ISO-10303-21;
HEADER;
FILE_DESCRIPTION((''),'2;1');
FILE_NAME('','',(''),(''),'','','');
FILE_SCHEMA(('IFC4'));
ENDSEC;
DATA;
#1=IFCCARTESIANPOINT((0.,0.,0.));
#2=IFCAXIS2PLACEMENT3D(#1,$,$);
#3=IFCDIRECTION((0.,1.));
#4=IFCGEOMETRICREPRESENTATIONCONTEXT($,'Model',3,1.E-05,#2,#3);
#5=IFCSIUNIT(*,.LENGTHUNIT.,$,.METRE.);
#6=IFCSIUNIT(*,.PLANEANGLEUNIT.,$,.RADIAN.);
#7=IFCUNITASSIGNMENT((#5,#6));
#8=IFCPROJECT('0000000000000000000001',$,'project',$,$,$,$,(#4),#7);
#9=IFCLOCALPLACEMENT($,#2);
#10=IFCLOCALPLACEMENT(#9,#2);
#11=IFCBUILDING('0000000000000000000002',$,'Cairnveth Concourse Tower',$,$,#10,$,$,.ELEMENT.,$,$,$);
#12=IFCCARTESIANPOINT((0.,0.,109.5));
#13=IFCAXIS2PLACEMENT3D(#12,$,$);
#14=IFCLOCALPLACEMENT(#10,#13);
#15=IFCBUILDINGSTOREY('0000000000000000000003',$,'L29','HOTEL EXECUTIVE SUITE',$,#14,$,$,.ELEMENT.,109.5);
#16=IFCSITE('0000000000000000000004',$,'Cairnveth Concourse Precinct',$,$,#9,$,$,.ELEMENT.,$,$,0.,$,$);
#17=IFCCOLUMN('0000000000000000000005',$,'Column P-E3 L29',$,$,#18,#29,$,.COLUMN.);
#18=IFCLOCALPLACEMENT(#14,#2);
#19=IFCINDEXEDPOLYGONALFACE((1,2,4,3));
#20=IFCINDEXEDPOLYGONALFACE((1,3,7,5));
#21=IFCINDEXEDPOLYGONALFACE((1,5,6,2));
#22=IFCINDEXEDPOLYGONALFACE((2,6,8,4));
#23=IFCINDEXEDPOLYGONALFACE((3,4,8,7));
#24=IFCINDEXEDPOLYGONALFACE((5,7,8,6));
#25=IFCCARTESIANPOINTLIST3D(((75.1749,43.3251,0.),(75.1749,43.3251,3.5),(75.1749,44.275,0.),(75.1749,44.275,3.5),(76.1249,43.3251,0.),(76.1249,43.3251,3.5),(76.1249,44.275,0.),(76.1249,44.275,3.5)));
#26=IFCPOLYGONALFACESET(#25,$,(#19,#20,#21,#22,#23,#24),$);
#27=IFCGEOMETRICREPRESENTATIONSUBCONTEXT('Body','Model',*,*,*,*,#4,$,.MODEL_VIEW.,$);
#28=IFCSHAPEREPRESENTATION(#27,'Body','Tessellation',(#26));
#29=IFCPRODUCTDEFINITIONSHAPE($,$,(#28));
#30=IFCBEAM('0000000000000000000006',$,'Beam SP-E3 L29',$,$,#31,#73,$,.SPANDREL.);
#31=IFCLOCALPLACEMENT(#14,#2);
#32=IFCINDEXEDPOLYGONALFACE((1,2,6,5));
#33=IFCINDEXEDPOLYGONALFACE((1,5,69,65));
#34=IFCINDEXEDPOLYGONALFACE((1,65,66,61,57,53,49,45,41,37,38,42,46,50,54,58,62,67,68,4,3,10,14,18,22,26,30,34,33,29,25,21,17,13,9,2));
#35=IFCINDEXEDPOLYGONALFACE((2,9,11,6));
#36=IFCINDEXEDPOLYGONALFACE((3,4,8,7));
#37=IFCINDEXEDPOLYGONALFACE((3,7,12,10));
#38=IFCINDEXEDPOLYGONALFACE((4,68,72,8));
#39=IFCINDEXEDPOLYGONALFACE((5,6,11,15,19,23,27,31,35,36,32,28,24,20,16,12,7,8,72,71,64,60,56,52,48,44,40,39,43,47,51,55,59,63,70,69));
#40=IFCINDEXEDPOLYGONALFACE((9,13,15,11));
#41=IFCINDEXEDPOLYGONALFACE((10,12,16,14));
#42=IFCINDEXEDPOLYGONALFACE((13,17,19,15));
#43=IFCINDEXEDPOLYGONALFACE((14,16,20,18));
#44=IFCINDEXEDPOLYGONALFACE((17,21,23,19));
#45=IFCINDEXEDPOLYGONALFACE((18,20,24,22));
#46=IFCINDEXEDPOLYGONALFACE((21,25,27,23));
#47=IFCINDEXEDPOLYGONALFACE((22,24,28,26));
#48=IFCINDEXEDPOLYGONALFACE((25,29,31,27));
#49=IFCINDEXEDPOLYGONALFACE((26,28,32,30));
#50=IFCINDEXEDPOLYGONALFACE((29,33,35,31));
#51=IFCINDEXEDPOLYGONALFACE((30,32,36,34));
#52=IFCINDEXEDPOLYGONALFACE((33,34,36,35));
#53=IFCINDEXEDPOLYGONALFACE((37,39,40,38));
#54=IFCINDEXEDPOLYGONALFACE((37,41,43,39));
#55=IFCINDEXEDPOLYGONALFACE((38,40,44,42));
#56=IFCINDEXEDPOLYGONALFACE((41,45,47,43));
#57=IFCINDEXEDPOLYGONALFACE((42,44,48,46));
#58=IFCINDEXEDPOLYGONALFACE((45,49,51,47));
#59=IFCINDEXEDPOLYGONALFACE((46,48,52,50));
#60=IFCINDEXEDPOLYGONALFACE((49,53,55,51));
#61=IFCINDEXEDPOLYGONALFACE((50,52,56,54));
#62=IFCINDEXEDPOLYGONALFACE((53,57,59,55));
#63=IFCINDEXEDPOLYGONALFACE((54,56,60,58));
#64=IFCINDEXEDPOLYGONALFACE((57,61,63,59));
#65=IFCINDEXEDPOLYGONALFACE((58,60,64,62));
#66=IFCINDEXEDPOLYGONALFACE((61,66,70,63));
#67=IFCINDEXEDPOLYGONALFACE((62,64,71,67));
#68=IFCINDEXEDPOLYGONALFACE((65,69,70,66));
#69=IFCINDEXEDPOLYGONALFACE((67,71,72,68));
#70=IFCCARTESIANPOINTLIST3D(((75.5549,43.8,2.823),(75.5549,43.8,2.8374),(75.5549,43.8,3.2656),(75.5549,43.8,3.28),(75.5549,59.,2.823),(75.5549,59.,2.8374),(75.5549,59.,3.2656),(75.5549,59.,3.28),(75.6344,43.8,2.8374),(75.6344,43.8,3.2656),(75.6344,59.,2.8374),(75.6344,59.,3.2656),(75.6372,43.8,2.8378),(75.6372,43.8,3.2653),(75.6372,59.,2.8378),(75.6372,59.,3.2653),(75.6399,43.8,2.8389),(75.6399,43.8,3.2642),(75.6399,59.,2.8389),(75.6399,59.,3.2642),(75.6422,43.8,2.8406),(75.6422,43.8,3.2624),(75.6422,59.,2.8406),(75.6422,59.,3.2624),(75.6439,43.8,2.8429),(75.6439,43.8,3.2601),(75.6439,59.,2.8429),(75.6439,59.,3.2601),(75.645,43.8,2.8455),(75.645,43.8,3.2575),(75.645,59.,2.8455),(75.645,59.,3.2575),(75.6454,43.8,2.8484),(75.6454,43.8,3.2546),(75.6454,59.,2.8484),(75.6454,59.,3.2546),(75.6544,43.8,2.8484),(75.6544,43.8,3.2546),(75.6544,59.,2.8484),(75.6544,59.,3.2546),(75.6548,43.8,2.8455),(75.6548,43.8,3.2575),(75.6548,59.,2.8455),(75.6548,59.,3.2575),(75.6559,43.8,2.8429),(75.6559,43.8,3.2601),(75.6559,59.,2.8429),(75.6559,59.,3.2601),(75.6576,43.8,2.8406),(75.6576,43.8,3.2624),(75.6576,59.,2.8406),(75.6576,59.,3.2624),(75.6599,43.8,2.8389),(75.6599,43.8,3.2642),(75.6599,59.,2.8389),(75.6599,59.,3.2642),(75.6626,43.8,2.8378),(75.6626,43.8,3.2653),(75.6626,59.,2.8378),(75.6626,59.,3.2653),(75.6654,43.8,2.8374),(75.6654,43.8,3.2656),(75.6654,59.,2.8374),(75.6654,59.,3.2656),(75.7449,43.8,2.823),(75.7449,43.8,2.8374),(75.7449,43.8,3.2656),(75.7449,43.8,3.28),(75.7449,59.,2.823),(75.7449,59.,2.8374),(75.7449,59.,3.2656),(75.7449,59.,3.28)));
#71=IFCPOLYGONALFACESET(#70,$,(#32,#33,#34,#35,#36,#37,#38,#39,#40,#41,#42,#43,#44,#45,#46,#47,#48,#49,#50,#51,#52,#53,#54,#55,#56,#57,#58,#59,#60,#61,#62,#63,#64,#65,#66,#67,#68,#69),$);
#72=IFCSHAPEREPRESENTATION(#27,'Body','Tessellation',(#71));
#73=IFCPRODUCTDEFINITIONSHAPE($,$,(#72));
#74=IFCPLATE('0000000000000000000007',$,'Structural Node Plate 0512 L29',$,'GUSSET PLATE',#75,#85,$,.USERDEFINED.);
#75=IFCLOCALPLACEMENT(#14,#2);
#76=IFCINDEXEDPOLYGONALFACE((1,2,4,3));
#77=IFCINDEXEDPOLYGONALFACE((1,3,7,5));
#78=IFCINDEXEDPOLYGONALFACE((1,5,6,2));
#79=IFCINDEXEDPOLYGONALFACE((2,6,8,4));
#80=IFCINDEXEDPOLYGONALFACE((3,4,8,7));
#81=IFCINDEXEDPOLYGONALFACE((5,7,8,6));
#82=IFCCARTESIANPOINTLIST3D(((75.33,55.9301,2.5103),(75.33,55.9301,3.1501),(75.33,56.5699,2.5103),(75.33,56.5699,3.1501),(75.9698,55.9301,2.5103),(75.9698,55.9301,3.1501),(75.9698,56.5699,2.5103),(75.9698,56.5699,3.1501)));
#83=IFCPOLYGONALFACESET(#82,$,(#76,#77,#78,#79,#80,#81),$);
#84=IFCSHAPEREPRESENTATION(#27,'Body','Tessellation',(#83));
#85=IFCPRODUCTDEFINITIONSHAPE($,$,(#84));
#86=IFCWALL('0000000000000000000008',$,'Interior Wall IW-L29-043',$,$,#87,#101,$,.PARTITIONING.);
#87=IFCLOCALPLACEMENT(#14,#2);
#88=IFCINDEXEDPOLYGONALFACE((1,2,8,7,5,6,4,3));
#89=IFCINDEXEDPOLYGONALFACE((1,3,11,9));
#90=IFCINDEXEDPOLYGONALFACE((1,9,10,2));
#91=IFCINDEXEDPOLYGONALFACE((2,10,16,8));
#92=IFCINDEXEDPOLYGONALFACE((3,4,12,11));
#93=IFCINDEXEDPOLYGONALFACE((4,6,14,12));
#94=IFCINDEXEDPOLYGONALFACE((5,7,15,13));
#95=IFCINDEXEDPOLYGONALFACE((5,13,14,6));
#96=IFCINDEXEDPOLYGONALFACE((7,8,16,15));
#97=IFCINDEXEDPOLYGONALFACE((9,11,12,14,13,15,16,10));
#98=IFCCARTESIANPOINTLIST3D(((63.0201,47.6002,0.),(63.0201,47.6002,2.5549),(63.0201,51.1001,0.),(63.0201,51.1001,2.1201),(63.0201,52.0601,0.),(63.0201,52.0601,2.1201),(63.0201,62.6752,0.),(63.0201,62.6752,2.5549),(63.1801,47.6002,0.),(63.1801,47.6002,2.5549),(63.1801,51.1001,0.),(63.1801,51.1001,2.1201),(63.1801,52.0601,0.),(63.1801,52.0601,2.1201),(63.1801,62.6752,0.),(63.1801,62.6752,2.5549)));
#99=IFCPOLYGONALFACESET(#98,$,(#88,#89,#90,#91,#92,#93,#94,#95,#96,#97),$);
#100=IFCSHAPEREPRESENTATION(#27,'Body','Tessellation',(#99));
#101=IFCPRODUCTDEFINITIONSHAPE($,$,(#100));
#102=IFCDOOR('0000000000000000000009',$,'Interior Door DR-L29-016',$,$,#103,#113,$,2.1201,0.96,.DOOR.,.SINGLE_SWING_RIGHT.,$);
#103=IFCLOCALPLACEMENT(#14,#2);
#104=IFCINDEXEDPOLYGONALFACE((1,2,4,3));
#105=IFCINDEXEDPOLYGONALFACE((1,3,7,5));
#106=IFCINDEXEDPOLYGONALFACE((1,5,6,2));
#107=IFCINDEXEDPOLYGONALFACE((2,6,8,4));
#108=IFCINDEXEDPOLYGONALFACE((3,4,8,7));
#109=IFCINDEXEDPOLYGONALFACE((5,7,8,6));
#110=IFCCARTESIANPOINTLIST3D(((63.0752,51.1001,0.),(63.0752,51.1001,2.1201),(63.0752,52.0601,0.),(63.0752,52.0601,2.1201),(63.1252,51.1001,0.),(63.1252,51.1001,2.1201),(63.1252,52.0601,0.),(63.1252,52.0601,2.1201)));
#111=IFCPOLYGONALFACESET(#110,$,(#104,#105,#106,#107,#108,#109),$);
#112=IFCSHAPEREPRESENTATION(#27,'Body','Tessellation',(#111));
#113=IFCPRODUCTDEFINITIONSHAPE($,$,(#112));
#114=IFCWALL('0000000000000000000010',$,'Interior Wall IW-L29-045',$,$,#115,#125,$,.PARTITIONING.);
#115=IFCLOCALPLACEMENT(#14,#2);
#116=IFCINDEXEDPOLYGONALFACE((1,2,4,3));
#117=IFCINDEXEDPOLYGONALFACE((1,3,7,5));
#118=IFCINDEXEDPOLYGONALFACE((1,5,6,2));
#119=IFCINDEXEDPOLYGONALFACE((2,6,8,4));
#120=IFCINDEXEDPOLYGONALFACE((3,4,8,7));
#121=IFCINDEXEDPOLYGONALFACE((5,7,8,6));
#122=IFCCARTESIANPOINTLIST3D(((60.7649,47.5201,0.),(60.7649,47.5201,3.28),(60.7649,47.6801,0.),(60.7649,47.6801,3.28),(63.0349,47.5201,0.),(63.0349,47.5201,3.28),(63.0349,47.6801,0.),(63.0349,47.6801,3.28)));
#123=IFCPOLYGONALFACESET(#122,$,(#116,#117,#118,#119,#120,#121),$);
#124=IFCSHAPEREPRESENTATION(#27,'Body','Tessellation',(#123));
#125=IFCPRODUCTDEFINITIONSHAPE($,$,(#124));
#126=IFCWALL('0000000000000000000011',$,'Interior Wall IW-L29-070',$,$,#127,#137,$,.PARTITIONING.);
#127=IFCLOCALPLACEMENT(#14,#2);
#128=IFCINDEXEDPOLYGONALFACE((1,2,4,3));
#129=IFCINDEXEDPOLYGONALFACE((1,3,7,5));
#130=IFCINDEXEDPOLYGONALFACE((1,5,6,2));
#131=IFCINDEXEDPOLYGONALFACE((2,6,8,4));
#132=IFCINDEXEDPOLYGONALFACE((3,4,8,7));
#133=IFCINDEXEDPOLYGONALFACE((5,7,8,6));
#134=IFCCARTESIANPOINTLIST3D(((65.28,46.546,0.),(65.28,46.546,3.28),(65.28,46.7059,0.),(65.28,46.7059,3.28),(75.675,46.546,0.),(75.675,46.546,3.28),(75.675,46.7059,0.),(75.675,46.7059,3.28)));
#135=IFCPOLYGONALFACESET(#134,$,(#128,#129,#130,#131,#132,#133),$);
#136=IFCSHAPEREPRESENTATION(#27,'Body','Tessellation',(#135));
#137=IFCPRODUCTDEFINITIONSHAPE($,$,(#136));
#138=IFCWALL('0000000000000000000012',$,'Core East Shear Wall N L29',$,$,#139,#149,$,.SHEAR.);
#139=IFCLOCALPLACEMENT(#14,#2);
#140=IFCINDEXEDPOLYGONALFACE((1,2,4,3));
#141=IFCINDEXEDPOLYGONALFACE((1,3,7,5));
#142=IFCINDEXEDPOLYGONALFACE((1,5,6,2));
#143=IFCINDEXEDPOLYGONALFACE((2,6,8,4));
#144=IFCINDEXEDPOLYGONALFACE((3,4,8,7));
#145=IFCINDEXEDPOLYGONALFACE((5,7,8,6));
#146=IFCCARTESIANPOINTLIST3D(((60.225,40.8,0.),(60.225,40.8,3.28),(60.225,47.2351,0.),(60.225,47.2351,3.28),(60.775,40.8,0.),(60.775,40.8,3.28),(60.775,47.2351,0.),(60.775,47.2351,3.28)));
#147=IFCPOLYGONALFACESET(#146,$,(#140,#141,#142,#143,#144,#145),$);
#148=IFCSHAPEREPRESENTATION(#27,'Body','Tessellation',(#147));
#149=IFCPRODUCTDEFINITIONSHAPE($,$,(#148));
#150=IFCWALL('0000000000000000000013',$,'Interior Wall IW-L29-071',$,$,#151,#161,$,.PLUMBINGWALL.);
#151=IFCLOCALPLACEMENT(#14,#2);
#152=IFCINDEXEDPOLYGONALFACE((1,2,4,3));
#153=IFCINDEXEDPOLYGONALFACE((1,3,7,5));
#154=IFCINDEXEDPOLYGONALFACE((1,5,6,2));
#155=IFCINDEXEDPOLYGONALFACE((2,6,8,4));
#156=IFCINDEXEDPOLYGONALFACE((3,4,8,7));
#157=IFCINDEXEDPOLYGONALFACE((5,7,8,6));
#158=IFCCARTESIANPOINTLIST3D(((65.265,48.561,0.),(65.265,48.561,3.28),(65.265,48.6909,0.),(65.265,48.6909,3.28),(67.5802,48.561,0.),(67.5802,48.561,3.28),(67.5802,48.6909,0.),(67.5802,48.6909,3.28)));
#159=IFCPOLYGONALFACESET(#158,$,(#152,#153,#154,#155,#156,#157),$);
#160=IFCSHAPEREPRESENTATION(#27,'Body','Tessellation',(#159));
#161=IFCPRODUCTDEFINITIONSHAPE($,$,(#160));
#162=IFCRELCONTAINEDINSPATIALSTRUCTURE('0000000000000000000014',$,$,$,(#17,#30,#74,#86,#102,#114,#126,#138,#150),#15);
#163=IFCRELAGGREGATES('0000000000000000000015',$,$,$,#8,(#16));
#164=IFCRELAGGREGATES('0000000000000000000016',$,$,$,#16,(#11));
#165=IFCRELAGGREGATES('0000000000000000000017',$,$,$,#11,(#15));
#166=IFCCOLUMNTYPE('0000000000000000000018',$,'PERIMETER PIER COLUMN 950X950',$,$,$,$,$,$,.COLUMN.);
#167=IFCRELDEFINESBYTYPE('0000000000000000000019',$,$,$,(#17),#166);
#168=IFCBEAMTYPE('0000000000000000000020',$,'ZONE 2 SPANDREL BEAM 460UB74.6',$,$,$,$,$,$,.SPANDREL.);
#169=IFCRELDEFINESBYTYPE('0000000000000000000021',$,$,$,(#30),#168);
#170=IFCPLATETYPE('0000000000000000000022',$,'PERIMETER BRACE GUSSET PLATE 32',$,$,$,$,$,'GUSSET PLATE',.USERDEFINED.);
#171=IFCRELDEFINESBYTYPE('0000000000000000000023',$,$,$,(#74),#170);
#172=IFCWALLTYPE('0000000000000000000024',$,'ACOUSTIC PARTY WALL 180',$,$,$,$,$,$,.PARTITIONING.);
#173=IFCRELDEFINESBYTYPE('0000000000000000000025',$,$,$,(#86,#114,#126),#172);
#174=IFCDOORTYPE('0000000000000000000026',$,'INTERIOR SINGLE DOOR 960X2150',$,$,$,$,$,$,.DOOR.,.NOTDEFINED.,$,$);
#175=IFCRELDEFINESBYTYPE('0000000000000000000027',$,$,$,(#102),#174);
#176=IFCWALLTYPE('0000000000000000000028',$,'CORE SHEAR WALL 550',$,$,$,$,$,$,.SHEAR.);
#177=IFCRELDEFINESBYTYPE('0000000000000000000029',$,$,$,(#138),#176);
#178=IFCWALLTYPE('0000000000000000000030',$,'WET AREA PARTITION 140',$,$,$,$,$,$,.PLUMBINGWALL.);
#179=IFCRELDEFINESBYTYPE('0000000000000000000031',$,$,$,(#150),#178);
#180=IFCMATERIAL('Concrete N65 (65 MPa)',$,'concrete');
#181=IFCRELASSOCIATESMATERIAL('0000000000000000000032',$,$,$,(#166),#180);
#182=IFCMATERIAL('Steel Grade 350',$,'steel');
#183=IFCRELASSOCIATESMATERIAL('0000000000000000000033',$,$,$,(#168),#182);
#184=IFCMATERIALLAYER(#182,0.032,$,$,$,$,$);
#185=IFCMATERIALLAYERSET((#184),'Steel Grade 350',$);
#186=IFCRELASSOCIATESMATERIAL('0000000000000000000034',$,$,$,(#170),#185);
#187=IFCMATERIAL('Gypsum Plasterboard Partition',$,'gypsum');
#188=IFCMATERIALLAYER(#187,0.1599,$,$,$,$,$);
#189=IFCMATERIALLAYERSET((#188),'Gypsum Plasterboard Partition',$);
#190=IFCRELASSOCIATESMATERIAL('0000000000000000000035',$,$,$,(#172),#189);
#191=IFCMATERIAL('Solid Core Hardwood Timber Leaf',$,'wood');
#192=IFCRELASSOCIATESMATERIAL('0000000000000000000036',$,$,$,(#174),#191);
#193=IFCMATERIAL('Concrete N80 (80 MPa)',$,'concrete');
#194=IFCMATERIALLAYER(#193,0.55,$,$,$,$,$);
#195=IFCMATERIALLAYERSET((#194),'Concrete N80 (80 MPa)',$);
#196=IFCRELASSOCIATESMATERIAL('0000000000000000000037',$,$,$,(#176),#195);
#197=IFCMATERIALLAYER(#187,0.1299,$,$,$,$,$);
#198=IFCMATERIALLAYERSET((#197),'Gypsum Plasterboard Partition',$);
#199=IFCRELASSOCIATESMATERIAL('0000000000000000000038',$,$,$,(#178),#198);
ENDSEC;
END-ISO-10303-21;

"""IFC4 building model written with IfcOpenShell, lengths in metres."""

from ifc_helpers import new_model, si_unit, direction, frame, frame_2d, origin, origin_2d, place, context, subcontext, project, spatial, rectangle, i_section, extrude, material, layer, layer_set, material_profile, profile_set, type_object, element, fill, save


model = new_model("IFC4")

# Units and contexts
model_context = context("Model", 3, precision=1e-05, world=origin(), true_north=direction((0.0, 1.0)))
body_context = subcontext(model_context, "Body", "Model", "MODEL_VIEW")
ifc_project = project(units=[si_unit("LENGTHUNIT", "METRE"), si_unit("PLANEANGLEUNIT", "RADIAN")], contexts=[model_context])

# Site, building, storey
site_placement = place(None, origin())
site = spatial("IfcSite", under=ifc_project, at=site_placement, Name="Cairnveth Concourse Precinct", CompositionType="ELEMENT", RefElevation=0.0)
building_placement = place(site_placement, origin())
building = spatial("IfcBuilding", under=site, at=building_placement, Name="Cairnveth Concourse Tower", CompositionType="ELEMENT")
storey_placement = place(building_placement, frame((0.0, 0.0, 109.5)))
storey = spatial("IfcBuildingStorey", under=building, at=storey_placement, Name="L29", Description="HOTEL EXECUTIVE SUITE", CompositionType="ELEMENT", Elevation=109.5)

# Column
ifc_material_1 = material(Name="Concrete N65 (65 MPa)", Category="concrete")
ifc_material_profile_1 = material_profile(ifc_material_1, rectangle(XDim=0.95, YDim=0.95, at=origin_2d()), Name="RC-COL-950x950")
ifc_profile_set_1 = profile_set([ifc_material_profile_1], Name="Concrete N65 (65 MPa)")
column_type = type_object("IfcColumnType", Name="PERIMETER PIER COLUMN 950X950", PredefinedType="COLUMN", material=ifc_profile_set_1)
column_placement = place(storey_placement, frame((75.6499, 43.8, 0.0), z_axis=(0.0, 0.0, 1.0), x_axis=(0.0, 1.0, 0.0)))
element("IfcColumn", 1, at=column_placement, inside=storey, type_object=column_type, Name="Column P-E3 L29", PredefinedType="COLUMN", context=body_context, shape_type="SweptSolid", body=[
    extrude(rectangle(XDim=0.95, YDim=0.95, at=origin_2d()), origin(), (0.0, 0.0, 1.0), 3.5),
])

# Beam
ifc_material_2 = material(Name="Steel Grade 350", Category="steel")
ifc_material_profile_2 = material_profile(ifc_material_2, i_section(OverallWidth=0.1899, OverallDepth=0.457, WebThickness=0.009, FlangeThickness=0.0144, FilletRadius=0.011, at=origin_2d()), Name="460UB74.6")
ifc_profile_set_2 = profile_set([ifc_material_profile_2], Name="Steel Grade 350")
beam_type = type_object("IfcBeamType", Name="ZONE 2 SPANDREL BEAM 460UB74.6", PredefinedType="SPANDREL", material=ifc_profile_set_2)
beam_placement = place(storey_placement, frame((75.6499, 43.8, 3.0515), z_axis=(0.0, 1.0, 0.0), x_axis=(-1.0, 0.0, 0.0)))
element("IfcBeam", 2, at=beam_placement, inside=storey, type_object=beam_type, Name="Beam SP-E3 L29", PredefinedType="SPANDREL", context=body_context, shape_type="SweptSolid", body=[
    extrude(i_section(OverallWidth=0.1899, OverallDepth=0.457, WebThickness=0.009, FlangeThickness=0.0144, FilletRadius=0.011, at=origin_2d()), origin(), (0.0, 0.0, 1.0), 15.2),
])

# Plate
ifc_layer_1 = layer(ifc_material_2, 0.032)
ifc_layer_set_1 = layer_set([ifc_layer_1], Name="Steel Grade 350")
plate_type = type_object("IfcPlateType", Name="PERIMETER BRACE GUSSET PLATE 32", ElementType="GUSSET PLATE", PredefinedType="USERDEFINED", material=ifc_layer_set_1)
plate_placement = place(storey_placement, frame((75.6499, 56.25, 2.5103), z_axis=(0.0, 0.0, 1.0), x_axis=(1.0, 0.0, 0.0)))
element("IfcPlate", 3, at=plate_placement, inside=storey, type_object=plate_type, Name="Structural Node Plate 0512 L29", ObjectType="GUSSET PLATE", PredefinedType="USERDEFINED", context=body_context, shape_type="SweptSolid", body=[
    extrude(rectangle(XDim=0.6399, YDim=0.6399, at=origin_2d()), origin(), (0.0, 0.0, 1.0), 0.6399),
])

# Wall, opening, door
ifc_material_3 = material(Name="Gypsum Plasterboard Partition", Category="gypsum")
ifc_layer_2 = layer(ifc_material_3, 0.1599)
ifc_layer_set_2 = layer_set([ifc_layer_2], Name="Gypsum Plasterboard Partition")
wall_type_1 = type_object("IfcWallType", Name="ACOUSTIC PARTY WALL 180", PredefinedType="PARTITIONING", material=ifc_layer_set_2)
wall_1_placement = place(storey_placement, frame((63.1001, 47.6001, 0.0), z_axis=(0.0, 0.0, 1.0), x_axis=(0.0, 1.0, 0.0)))
wall_1 = element("IfcWall", 4, at=wall_1_placement, inside=storey, type_object=wall_type_1, Name="Interior Wall IW-L29-043", PredefinedType="PARTITIONING", context=body_context, shape_type="SweptSolid", body=[
    extrude(rectangle(XDim=15.075, YDim=0.1599, at=frame_2d((7.5376, 0.0))), origin(), (0.0, 0.0, 1.0), 2.5549),
])
opening_1_placement = place(wall_1_placement, frame((3.5, 0.0, 0.0)))
opening_1 = element("IfcOpeningElement", 5, at=opening_1_placement, cuts=wall_1, PredefinedType="OPENING", context=body_context, shape_type="SweptSolid", body=[
    extrude(rectangle(XDim=0.96, YDim=2.1201, at=frame_2d((0.48, 1.0601))), frame((0.0, 0.0898, 0.0), z_axis=(0.0, -1.0, 0.0), x_axis=(1.0, 0.0, 0.0)), (0.0, 0.0, 1.0), 0.1799),
])
ifc_material_4 = material(Name="Solid Core Hardwood Timber Leaf", Category="wood")
door_type_1 = type_object("IfcDoorType", Name="INTERIOR SINGLE DOOR 960X2150", OperationType="NOTDEFINED", PredefinedType="DOOR", material=ifc_material_4)
door_1_placement = place(opening_1_placement, origin())
door_1 = element("IfcDoor", 6, at=door_1_placement, inside=storey, type_object=door_type_1, Name="Interior Door DR-L29-016", OperationType="SINGLE_SWING_RIGHT", OverallHeight=2.1201, OverallWidth=0.96, PredefinedType="DOOR", context=body_context, shape_type="SweptSolid", body=[
    extrude(rectangle(XDim=0.96, YDim=2.1201, at=frame_2d((0.48, 1.0601))), frame((0.0, 0.0249, 0.0), z_axis=(0.0, -1.0, 0.0), x_axis=(1.0, 0.0, 0.0)), (0.0, 0.0, 1.0), 0.05),
])
fill(opening_1, door_1)

# Walls
wall_2_placement = place(storey_placement, frame((60.7649, 47.6001, 0.0), z_axis=(0.0, 0.0, 1.0), x_axis=(1.0, 0.0, 0.0)))
element("IfcWall", 7, at=wall_2_placement, inside=storey, type_object=wall_type_1, Name="Interior Wall IW-L29-045", PredefinedType="PARTITIONING", context=body_context, shape_type="SweptSolid", body=[
    extrude(rectangle(XDim=2.27, YDim=0.1599, at=frame_2d((1.135, 0.0))), origin(), (0.0, 0.0, 1.0), 3.28),
])
wall_3_placement = place(storey_placement, frame((65.28, 46.626, 0.0), z_axis=(0.0, 0.0, 1.0), x_axis=(1.0, 0.0, 0.0)))
element("IfcWall", 8, at=wall_3_placement, inside=storey, type_object=wall_type_1, Name="Interior Wall IW-L29-070", PredefinedType="PARTITIONING", context=body_context, shape_type="SweptSolid", body=[
    extrude(rectangle(XDim=10.395, YDim=0.1599, at=frame_2d((5.1975, 0.0))), origin(), (0.0, 0.0, 1.0), 3.28),
])
ifc_material_5 = material(Name="Concrete N80 (80 MPa)", Category="concrete")
ifc_layer_3 = layer(ifc_material_5, 0.55)
ifc_layer_set_3 = layer_set([ifc_layer_3], Name="Concrete N80 (80 MPa)")
wall_type_2 = type_object("IfcWallType", Name="CORE SHEAR WALL 550", PredefinedType="SHEAR", material=ifc_layer_set_3)
wall_4_placement = place(storey_placement, frame((60.5, 40.8, 0.0), z_axis=(0.0, 0.0, 1.0), x_axis=(0.0, 1.0, 0.0)))
element("IfcWall", 9, at=wall_4_placement, inside=storey, type_object=wall_type_2, Name="Core East Shear Wall N L29", PredefinedType="SHEAR", context=body_context, shape_type="SweptSolid", body=[
    extrude(rectangle(XDim=6.4351, YDim=0.55, at=frame_2d((3.2175, 0.0))), origin(), (0.0, 0.0, 1.0), 3.28),
])

# Wall
ifc_layer_4 = layer(ifc_material_3, 0.1299)
ifc_layer_set_4 = layer_set([ifc_layer_4], Name="Gypsum Plasterboard Partition")
wall_type_3 = type_object("IfcWallType", Name="WET AREA PARTITION 140", PredefinedType="PLUMBINGWALL", material=ifc_layer_set_4)
wall_5_placement = place(storey_placement, frame((65.2649, 48.626, 0.0), z_axis=(0.0, 0.0, 1.0), x_axis=(1.0, 0.0, 0.0)))
element("IfcWall", 10, at=wall_5_placement, inside=storey, type_object=wall_type_3, Name="Interior Wall IW-L29-071", PredefinedType="PLUMBINGWALL", context=body_context, shape_type="SweptSolid", body=[
    extrude(rectangle(XDim=2.3152, YDim=0.1299, at=frame_2d((1.1577, 0.0))), origin(), (0.0, 0.0, 1.0), 3.28),
])

save(model, "model.ifc")
